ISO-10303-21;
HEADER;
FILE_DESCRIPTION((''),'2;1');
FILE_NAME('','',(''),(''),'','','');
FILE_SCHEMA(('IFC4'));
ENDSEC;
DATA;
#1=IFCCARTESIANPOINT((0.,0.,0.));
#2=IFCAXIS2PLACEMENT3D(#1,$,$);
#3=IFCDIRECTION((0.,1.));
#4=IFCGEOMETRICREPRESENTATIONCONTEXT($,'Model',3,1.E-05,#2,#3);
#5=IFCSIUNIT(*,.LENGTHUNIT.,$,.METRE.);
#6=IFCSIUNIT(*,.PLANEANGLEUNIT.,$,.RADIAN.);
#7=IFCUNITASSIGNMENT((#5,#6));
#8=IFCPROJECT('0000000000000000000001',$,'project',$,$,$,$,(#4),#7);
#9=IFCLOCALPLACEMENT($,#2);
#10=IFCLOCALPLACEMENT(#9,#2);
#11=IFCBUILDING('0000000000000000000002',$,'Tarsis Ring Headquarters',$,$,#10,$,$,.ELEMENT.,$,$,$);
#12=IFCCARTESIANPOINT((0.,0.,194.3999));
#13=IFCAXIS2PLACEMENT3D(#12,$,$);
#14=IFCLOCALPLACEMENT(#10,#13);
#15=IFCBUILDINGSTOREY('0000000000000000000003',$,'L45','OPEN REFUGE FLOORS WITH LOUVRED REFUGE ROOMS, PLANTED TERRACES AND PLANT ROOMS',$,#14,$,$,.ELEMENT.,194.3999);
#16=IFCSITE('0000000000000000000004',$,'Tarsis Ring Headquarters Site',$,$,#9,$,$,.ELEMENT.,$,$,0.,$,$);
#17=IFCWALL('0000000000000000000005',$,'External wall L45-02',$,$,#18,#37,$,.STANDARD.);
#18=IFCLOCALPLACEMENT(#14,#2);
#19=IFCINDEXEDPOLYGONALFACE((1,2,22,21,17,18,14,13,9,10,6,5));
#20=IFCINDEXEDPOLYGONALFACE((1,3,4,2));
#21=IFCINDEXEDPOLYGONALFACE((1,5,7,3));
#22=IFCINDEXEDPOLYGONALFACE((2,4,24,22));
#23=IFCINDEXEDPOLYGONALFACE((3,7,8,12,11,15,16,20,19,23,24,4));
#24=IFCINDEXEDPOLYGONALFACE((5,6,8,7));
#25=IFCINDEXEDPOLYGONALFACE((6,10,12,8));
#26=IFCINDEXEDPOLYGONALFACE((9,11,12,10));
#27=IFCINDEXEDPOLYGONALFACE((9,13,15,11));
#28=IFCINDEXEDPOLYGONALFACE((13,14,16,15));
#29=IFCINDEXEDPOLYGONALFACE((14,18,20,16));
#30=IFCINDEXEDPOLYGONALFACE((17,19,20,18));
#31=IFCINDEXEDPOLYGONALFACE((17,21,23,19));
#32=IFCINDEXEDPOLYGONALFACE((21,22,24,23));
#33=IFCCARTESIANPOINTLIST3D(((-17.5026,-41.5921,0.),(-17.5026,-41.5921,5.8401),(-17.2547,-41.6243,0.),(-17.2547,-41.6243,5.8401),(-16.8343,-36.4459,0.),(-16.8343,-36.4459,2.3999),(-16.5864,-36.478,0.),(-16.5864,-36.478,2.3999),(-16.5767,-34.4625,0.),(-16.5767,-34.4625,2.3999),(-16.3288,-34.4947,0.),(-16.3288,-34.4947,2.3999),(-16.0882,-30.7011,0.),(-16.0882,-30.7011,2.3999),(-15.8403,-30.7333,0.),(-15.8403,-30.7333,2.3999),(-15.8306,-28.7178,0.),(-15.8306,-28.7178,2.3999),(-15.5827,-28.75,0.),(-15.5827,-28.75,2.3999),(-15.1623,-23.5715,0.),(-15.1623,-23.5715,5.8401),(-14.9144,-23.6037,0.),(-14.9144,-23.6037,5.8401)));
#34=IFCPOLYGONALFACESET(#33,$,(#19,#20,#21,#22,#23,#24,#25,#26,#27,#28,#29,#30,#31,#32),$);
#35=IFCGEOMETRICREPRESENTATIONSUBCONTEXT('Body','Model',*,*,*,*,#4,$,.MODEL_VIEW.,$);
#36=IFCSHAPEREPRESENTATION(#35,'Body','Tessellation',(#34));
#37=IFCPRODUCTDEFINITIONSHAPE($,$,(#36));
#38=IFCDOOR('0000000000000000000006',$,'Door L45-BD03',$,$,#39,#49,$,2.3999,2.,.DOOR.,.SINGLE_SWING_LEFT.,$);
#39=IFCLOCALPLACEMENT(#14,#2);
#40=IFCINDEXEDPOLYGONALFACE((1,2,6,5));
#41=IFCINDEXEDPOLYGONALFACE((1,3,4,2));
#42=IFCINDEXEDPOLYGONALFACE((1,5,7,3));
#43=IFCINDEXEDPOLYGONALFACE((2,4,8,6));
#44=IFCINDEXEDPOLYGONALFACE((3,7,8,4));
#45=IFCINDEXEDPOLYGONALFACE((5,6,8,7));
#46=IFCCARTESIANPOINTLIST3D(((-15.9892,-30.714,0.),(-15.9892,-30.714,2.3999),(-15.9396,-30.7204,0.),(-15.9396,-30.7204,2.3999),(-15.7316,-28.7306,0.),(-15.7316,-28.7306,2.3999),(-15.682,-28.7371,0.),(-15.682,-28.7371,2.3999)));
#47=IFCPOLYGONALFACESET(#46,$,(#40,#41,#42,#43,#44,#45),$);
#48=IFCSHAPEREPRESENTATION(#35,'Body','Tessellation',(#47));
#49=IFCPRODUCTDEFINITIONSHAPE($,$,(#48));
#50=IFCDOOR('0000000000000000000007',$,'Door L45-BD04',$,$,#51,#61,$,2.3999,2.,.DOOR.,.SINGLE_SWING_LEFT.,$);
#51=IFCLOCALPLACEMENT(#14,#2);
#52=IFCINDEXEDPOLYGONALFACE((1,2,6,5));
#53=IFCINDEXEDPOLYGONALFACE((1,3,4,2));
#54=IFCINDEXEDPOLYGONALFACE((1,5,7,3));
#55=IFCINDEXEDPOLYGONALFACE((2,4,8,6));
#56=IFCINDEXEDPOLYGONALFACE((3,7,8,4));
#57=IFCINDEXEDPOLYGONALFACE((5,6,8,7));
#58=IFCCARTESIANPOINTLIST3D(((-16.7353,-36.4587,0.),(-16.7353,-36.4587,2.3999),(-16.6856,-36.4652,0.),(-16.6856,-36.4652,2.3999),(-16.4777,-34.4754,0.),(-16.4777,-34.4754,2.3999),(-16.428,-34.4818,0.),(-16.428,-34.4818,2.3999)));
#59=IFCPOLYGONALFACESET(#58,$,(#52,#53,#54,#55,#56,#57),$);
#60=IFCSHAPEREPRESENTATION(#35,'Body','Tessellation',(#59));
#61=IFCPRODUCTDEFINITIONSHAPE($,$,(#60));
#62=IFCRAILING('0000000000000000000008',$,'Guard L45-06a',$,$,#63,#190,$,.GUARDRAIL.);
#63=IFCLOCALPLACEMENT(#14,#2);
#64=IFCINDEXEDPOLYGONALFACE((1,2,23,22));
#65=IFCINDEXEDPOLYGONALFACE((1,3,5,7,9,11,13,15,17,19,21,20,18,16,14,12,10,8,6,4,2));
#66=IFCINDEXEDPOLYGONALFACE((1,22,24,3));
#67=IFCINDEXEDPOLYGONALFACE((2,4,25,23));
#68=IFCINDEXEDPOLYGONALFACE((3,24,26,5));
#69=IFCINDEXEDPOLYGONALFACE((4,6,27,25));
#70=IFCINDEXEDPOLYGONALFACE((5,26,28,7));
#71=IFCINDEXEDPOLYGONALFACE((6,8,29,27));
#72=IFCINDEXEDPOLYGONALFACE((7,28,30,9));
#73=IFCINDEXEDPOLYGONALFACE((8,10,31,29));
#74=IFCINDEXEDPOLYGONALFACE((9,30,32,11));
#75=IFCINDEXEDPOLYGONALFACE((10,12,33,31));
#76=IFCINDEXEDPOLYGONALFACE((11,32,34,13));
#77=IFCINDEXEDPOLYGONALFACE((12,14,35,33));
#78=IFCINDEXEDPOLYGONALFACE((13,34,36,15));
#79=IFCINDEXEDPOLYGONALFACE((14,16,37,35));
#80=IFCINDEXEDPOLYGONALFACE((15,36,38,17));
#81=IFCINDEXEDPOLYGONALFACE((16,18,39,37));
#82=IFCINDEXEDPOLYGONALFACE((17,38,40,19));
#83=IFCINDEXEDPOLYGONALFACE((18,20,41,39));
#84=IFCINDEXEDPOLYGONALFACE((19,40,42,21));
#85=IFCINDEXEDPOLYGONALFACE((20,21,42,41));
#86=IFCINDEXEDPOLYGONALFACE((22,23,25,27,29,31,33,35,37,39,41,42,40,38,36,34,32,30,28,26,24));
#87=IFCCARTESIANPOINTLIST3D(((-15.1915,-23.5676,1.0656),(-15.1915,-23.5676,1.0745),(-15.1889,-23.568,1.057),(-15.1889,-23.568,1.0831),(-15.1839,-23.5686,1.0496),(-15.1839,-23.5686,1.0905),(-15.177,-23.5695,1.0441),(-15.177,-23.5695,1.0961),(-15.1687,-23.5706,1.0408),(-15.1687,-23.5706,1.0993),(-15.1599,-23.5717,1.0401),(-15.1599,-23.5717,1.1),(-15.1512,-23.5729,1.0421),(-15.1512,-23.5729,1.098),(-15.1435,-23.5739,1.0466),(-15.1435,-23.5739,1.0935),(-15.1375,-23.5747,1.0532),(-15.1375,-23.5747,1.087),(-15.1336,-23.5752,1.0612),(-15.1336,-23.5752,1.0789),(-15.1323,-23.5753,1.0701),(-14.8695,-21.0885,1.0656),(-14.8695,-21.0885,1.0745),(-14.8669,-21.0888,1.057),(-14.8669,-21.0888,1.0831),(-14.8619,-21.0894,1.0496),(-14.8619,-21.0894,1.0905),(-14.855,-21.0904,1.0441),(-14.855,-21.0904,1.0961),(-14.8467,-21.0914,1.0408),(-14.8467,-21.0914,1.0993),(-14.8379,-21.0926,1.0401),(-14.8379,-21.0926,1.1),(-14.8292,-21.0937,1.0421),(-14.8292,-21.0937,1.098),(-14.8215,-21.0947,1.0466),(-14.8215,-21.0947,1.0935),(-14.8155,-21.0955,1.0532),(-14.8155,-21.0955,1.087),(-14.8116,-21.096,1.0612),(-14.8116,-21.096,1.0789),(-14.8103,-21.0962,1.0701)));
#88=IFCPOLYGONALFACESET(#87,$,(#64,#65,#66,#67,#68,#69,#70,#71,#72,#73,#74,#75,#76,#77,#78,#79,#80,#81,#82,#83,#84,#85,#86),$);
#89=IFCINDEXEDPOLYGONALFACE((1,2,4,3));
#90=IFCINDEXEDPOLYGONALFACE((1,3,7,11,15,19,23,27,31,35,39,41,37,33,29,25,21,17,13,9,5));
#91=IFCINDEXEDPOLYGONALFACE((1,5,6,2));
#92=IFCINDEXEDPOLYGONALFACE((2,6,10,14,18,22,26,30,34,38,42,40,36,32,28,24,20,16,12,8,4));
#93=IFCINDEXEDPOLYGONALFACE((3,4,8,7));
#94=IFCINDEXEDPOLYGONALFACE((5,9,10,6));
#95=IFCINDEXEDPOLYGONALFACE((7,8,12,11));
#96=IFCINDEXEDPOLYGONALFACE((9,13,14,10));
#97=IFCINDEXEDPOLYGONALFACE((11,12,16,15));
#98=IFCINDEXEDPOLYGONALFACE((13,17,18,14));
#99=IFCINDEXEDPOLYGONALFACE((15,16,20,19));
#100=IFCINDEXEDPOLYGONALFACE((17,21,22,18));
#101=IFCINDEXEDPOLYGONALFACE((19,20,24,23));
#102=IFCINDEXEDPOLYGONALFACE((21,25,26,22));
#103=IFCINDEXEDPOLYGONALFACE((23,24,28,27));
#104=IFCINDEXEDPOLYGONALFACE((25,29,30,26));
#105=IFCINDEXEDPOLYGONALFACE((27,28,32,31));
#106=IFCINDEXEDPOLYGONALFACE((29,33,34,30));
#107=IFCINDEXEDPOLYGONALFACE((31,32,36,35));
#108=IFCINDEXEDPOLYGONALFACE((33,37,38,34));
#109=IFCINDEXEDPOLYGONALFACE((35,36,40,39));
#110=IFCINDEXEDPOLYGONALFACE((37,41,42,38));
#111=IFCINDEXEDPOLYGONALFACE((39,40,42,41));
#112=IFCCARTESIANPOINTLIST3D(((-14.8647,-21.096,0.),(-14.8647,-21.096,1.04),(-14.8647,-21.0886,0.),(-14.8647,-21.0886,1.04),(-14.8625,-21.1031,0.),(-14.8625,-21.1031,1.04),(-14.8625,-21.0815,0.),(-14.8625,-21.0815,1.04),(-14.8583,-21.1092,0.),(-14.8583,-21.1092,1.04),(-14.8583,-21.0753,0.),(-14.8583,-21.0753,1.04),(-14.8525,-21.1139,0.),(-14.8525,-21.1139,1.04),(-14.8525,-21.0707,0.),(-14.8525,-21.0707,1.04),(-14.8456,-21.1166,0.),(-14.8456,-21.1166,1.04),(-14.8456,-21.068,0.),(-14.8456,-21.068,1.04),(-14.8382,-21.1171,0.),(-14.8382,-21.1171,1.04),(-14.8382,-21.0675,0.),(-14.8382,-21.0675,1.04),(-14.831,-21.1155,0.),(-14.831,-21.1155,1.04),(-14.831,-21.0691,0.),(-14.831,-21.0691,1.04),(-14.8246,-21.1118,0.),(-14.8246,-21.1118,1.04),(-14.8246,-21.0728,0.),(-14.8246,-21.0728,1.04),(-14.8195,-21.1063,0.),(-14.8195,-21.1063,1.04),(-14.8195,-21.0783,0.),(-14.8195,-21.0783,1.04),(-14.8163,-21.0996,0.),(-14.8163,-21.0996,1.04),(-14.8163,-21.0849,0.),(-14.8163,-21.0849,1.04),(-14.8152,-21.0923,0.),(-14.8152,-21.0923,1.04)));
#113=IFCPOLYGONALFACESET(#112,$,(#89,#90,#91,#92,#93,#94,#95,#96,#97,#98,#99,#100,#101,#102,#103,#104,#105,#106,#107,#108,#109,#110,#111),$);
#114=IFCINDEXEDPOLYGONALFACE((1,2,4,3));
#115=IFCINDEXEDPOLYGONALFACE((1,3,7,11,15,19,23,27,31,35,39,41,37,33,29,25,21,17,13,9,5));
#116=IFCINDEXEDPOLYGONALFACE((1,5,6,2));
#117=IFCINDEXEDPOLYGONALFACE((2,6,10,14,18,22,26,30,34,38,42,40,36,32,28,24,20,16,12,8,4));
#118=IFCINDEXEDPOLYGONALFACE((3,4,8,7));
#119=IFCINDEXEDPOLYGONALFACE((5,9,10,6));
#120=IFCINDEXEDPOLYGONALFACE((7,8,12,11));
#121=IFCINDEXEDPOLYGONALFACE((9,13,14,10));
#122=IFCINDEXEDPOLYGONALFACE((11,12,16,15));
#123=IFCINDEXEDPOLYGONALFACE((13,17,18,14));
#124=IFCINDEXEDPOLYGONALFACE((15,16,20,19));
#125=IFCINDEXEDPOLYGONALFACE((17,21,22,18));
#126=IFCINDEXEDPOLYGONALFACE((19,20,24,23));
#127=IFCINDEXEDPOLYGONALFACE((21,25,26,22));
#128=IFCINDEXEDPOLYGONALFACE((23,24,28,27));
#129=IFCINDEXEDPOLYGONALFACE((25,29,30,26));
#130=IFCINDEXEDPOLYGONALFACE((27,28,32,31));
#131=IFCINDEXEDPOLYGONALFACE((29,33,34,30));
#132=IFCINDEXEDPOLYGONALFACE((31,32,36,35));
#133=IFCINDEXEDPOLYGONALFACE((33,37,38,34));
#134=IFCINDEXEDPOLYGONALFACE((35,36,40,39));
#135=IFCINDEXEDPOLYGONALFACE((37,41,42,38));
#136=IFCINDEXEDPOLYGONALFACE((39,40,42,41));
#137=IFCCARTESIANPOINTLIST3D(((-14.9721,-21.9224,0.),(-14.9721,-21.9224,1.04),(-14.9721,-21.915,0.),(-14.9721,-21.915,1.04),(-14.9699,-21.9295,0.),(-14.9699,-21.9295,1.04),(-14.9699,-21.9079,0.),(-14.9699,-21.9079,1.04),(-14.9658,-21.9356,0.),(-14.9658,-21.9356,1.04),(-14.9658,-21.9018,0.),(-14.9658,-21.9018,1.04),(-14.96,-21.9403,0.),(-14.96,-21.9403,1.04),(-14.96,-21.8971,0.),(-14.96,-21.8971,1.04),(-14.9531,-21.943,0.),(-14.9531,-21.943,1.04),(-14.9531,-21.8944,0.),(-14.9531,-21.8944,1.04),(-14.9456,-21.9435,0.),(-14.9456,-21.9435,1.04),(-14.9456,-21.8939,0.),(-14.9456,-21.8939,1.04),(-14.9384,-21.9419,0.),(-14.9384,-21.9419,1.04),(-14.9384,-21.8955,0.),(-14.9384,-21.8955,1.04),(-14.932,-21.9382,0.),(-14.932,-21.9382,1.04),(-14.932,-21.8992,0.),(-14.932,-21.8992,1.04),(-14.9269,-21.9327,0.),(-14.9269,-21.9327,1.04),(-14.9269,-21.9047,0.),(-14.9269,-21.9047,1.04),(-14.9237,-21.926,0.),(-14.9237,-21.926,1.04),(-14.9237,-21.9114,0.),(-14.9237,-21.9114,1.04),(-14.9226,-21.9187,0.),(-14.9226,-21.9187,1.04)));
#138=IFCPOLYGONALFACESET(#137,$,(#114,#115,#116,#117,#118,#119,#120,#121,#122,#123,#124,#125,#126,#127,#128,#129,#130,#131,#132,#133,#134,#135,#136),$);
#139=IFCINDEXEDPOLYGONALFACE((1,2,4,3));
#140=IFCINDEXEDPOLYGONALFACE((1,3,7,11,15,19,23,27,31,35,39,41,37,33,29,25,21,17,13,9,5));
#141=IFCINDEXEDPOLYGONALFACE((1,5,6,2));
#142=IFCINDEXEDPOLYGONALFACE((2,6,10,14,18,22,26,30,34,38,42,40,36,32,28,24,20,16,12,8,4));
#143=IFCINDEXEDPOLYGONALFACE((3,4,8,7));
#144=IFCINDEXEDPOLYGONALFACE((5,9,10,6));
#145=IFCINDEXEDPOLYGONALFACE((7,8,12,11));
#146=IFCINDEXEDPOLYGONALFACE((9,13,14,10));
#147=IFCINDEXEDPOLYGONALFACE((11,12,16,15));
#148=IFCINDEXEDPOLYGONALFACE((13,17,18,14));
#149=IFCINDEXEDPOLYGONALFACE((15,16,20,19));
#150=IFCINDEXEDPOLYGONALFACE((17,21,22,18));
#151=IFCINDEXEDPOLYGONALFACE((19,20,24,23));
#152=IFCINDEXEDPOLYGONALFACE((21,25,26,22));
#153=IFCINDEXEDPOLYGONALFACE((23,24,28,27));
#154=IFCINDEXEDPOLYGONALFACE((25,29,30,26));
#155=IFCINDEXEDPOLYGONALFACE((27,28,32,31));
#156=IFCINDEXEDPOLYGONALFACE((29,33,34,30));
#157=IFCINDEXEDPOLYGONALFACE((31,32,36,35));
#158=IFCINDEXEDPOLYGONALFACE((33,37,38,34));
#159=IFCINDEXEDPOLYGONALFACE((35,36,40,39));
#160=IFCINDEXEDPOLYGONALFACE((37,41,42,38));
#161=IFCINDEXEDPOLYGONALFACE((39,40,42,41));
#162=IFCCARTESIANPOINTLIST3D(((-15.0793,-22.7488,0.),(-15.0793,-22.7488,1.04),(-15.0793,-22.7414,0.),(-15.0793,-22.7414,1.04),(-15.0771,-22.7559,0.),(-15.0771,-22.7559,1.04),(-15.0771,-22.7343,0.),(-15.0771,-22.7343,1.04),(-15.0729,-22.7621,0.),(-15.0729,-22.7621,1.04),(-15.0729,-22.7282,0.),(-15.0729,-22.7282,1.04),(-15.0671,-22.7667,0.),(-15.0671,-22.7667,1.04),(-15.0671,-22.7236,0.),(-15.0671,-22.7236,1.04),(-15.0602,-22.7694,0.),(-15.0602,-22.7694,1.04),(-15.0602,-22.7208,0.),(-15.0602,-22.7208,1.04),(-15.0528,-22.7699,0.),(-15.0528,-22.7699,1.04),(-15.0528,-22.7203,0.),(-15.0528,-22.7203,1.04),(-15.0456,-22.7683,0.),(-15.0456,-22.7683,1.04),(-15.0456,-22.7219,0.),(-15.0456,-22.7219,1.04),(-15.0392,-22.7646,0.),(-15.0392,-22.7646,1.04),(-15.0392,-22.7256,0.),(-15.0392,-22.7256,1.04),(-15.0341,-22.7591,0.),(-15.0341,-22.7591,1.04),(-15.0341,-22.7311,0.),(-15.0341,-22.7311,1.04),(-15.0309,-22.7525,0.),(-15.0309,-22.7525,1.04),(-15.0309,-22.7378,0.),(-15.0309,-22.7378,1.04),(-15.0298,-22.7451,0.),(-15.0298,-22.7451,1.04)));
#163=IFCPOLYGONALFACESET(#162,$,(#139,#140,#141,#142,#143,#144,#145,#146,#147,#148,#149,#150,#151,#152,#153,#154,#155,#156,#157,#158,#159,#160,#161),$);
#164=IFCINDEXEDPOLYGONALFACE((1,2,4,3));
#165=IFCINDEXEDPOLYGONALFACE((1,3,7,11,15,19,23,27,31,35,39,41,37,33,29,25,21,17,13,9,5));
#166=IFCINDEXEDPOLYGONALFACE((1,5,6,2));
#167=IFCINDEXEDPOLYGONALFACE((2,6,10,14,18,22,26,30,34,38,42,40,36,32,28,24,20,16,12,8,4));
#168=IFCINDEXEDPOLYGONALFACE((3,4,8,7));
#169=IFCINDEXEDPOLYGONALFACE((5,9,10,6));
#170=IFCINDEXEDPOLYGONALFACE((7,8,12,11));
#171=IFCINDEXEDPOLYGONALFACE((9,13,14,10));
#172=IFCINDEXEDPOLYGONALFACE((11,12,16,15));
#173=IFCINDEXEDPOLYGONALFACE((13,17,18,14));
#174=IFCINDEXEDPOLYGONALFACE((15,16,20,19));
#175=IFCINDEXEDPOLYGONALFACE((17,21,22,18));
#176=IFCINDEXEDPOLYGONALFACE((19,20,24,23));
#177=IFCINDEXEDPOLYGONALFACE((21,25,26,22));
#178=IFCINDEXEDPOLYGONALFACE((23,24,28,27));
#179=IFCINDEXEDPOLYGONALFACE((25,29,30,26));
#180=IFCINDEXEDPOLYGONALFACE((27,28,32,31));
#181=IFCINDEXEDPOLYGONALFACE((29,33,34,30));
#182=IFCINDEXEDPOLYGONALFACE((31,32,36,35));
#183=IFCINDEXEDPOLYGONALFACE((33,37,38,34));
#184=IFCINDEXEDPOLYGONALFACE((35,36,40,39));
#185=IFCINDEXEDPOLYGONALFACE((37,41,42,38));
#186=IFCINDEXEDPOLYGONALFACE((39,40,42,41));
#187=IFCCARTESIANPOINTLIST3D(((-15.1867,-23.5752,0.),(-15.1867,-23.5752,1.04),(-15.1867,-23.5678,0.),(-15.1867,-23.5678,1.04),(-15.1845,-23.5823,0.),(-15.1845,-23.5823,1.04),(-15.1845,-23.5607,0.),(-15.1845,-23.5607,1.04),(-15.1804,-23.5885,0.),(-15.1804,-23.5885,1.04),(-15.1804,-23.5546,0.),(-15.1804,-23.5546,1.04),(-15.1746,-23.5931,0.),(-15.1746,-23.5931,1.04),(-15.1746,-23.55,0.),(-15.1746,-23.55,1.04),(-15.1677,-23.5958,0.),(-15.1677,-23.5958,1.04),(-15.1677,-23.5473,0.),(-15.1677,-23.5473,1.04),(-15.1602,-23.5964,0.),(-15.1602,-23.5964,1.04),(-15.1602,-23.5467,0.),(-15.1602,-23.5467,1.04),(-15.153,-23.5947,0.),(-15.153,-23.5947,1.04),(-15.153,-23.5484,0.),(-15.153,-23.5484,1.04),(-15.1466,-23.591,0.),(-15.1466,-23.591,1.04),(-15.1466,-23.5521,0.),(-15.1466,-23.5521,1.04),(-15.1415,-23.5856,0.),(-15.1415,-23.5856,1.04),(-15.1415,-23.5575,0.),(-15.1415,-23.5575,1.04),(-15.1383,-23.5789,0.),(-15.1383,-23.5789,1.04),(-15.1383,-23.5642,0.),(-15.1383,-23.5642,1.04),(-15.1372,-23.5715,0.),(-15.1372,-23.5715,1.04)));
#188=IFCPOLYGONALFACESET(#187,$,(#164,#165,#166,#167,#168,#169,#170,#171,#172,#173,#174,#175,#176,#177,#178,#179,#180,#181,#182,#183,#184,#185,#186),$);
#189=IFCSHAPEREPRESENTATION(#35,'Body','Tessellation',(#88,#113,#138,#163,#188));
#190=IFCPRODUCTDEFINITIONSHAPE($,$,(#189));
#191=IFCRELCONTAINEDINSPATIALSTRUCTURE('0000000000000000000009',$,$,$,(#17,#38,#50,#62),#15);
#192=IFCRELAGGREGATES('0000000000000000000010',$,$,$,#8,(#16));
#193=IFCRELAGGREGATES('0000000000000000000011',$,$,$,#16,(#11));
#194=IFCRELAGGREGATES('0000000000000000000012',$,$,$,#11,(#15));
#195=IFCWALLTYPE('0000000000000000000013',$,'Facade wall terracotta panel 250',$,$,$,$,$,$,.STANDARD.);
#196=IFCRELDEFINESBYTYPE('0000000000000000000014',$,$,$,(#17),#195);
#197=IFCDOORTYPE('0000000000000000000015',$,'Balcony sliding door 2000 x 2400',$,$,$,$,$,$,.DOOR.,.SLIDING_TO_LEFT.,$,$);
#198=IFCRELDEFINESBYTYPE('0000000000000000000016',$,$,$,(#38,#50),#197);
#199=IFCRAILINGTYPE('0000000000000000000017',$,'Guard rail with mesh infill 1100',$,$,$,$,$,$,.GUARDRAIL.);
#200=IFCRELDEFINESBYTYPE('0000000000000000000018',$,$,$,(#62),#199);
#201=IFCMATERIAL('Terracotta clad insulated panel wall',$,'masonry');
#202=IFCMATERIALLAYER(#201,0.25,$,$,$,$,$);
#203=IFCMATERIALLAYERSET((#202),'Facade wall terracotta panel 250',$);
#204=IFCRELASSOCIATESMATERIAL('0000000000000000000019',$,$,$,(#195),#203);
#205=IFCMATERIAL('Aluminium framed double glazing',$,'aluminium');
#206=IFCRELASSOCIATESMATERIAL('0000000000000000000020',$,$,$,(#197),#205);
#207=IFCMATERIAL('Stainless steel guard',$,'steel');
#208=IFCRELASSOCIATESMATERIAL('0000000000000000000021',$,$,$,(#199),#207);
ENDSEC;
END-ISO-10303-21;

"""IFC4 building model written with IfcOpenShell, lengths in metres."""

from ifc_helpers import new_model, si_unit, direction, frame, frame_2d, origin, origin_2d, place, context, subcontext, project, spatial, rectangle, circle, extrude, material, layer, layer_set, type_object, element, fill, save


model = new_model("IFC4")

# Units and contexts
model_context = context("Model", 3, precision=1e-05, world=origin(), true_north=direction((0.0, 1.0)))
body_context = subcontext(model_context, "Body", "Model", "MODEL_VIEW")
ifc_project = project(units=[si_unit("LENGTHUNIT", "METRE"), si_unit("PLANEANGLEUNIT", "RADIAN")], contexts=[model_context])

# Site, building, storey
site_placement = place(None, origin())
site = spatial("IfcSite", under=ifc_project, at=site_placement, Name="Tarsis Ring Headquarters Site", CompositionType="ELEMENT", RefElevation=0.0)
building_placement = place(site_placement, origin())
building = spatial("IfcBuilding", under=site, at=building_placement, Name="Tarsis Ring Headquarters", CompositionType="ELEMENT")
storey_placement = place(building_placement, frame((0.0, 0.0, 194.3999)))
storey = spatial("IfcBuildingStorey", under=building, at=storey_placement, Name="L45", Description="OPEN REFUGE FLOORS WITH LOUVRED REFUGE ROOMS, PLANTED TERRACES AND PLANT ROOMS", CompositionType="ELEMENT", Elevation=194.3999)

# Wall, openings, doors
ifc_material_1 = material(Name="Terracotta clad insulated panel wall", Category="masonry")
ifc_layer_1 = layer(ifc_material_1, 0.25)
ifc_layer_set_1 = layer_set([ifc_layer_1], Name="Facade wall terracotta panel 250")
wall_type_1 = type_object("IfcWallType", Name="Facade wall terracotta panel 250", PredefinedType="STANDARD", material=ifc_layer_set_1)
wall_1_placement = place(storey_placement, frame((-15.0383, -23.5876, 0.0), z_axis=(0.0, 0.0, 1.0), x_axis=(-0.128789, -0.991672, 0.0)))
wall_1 = element("IfcWall", 1, at=wall_1_placement, inside=storey, type_object=wall_type_1, Name="External wall L45-02", PredefinedType="STANDARD", context=body_context, shape_type="SweptSolid", body=[
    extrude(rectangle(XDim=18.1719, YDim=0.25, at=frame_2d((9.0859, 0.0))), origin(), (0.0, 0.0, 1.0), 5.8401),
])
opening_1_placement = place(wall_1_placement, frame((5.1895, 0.0, 0.0)))
opening_1 = element("IfcOpeningElement", 2, at=opening_1_placement, cuts=wall_1, PredefinedType="OPENING", context=body_context, shape_type="SweptSolid", body=[
    extrude(rectangle(XDim=2.0, YDim=2.3999, at=frame_2d((1.0, 1.2))), frame((0.0, 0.135, 0.0), z_axis=(0.0, -1.0, 0.0), x_axis=(1.0, 0.0, 0.0)), (0.0, 0.0, 1.0), 0.27),
])
opening_2_placement = place(wall_1_placement, frame((10.9824, 0.0, 0.0)))
opening_2 = element("IfcOpeningElement", 3, at=opening_2_placement, cuts=wall_1, PredefinedType="OPENING", context=body_context, shape_type="SweptSolid", body=[
    extrude(rectangle(XDim=2.0, YDim=2.3999, at=frame_2d((1.0, 1.2))), frame((0.0, 0.135, 0.0), z_axis=(0.0, -1.0, 0.0), x_axis=(1.0, 0.0, 0.0)), (0.0, 0.0, 1.0), 0.27),
])
ifc_material_2 = material(Name="Aluminium framed double glazing", Category="aluminium")
door_type_1 = type_object("IfcDoorType", Name="Balcony sliding door 2000 x 2400", OperationType="SLIDING_TO_LEFT", PredefinedType="DOOR", material=ifc_material_2)
door_1_placement = place(opening_1_placement, origin())
door_1 = element("IfcDoor", 4, at=door_1_placement, inside=storey, type_object=door_type_1, Name="Door L45-BD03", OperationType="SINGLE_SWING_LEFT", OverallHeight=2.3999, OverallWidth=2.0, PredefinedType="DOOR", context=body_context, shape_type="SweptSolid", body=[
    extrude(rectangle(XDim=2.0, YDim=2.3999, at=frame_2d((1.0, 1.2))), frame((0.0, 0.0249, 0.0), z_axis=(0.0, -1.0, 0.0), x_axis=(1.0, 0.0, 0.0)), (0.0, 0.0, 1.0), 0.05),
])
fill(opening_1, door_1)
door_2_placement = place(opening_2_placement, origin())
door_2 = element("IfcDoor", 5, at=door_2_placement, inside=storey, type_object=door_type_1, Name="Door L45-BD04", OperationType="SINGLE_SWING_LEFT", OverallHeight=2.3999, OverallWidth=2.0, PredefinedType="DOOR", context=body_context, shape_type="SweptSolid", body=[
    extrude(rectangle(XDim=2.0, YDim=2.3999, at=frame_2d((1.0, 1.2))), frame((0.0, 0.0249, 0.0), z_axis=(0.0, -1.0, 0.0), x_axis=(1.0, 0.0, 0.0)), (0.0, 0.0, 1.0), 0.05),
])
fill(opening_2, door_2)

# Railing
ifc_material_3 = material(Name="Stainless steel guard", Category="steel")
railing_type_1 = type_object("IfcRailingType", Name="Guard rail with mesh infill 1100", PredefinedType="GUARDRAIL", material=ifc_material_3)
railing_1_placement = place(storey_placement, frame((-14.8401, -21.0923, 0.0)))
element("IfcRailing", 6, at=railing_1_placement, inside=storey, type_object=railing_type_1, Name="Guard L45-06a", PredefinedType="GUARDRAIL", context=body_context, shape_type="SweptSolid", body=[
    extrude(circle(Radius=0.03, at=origin_2d()), frame((0.0, 0.0, 1.0701), z_axis=(-0.128805, -0.99167, 0.0), x_axis=(0.99167, -0.128805, 0.0)), (0.0, 0.0, 1.0), 2.5),
    extrude(circle(Radius=0.0249, at=origin_2d()), origin(), (0.0, 0.0, 1.0), 1.04),
    extrude(circle(Radius=0.0249, at=origin_2d()), frame((-0.1074, -0.8264, 0.0)), (0.0, 0.0, 1.0), 1.04),
    extrude(circle(Radius=0.0249, at=origin_2d()), frame((-0.2146, -1.6528, 0.0)), (0.0, 0.0, 1.0), 1.04),
    extrude(circle(Radius=0.0249, at=origin_2d()), frame((-0.322, -2.4792, 0.0)), (0.0, 0.0, 1.0), 1.04),
])

save(model, "model.ifc")
